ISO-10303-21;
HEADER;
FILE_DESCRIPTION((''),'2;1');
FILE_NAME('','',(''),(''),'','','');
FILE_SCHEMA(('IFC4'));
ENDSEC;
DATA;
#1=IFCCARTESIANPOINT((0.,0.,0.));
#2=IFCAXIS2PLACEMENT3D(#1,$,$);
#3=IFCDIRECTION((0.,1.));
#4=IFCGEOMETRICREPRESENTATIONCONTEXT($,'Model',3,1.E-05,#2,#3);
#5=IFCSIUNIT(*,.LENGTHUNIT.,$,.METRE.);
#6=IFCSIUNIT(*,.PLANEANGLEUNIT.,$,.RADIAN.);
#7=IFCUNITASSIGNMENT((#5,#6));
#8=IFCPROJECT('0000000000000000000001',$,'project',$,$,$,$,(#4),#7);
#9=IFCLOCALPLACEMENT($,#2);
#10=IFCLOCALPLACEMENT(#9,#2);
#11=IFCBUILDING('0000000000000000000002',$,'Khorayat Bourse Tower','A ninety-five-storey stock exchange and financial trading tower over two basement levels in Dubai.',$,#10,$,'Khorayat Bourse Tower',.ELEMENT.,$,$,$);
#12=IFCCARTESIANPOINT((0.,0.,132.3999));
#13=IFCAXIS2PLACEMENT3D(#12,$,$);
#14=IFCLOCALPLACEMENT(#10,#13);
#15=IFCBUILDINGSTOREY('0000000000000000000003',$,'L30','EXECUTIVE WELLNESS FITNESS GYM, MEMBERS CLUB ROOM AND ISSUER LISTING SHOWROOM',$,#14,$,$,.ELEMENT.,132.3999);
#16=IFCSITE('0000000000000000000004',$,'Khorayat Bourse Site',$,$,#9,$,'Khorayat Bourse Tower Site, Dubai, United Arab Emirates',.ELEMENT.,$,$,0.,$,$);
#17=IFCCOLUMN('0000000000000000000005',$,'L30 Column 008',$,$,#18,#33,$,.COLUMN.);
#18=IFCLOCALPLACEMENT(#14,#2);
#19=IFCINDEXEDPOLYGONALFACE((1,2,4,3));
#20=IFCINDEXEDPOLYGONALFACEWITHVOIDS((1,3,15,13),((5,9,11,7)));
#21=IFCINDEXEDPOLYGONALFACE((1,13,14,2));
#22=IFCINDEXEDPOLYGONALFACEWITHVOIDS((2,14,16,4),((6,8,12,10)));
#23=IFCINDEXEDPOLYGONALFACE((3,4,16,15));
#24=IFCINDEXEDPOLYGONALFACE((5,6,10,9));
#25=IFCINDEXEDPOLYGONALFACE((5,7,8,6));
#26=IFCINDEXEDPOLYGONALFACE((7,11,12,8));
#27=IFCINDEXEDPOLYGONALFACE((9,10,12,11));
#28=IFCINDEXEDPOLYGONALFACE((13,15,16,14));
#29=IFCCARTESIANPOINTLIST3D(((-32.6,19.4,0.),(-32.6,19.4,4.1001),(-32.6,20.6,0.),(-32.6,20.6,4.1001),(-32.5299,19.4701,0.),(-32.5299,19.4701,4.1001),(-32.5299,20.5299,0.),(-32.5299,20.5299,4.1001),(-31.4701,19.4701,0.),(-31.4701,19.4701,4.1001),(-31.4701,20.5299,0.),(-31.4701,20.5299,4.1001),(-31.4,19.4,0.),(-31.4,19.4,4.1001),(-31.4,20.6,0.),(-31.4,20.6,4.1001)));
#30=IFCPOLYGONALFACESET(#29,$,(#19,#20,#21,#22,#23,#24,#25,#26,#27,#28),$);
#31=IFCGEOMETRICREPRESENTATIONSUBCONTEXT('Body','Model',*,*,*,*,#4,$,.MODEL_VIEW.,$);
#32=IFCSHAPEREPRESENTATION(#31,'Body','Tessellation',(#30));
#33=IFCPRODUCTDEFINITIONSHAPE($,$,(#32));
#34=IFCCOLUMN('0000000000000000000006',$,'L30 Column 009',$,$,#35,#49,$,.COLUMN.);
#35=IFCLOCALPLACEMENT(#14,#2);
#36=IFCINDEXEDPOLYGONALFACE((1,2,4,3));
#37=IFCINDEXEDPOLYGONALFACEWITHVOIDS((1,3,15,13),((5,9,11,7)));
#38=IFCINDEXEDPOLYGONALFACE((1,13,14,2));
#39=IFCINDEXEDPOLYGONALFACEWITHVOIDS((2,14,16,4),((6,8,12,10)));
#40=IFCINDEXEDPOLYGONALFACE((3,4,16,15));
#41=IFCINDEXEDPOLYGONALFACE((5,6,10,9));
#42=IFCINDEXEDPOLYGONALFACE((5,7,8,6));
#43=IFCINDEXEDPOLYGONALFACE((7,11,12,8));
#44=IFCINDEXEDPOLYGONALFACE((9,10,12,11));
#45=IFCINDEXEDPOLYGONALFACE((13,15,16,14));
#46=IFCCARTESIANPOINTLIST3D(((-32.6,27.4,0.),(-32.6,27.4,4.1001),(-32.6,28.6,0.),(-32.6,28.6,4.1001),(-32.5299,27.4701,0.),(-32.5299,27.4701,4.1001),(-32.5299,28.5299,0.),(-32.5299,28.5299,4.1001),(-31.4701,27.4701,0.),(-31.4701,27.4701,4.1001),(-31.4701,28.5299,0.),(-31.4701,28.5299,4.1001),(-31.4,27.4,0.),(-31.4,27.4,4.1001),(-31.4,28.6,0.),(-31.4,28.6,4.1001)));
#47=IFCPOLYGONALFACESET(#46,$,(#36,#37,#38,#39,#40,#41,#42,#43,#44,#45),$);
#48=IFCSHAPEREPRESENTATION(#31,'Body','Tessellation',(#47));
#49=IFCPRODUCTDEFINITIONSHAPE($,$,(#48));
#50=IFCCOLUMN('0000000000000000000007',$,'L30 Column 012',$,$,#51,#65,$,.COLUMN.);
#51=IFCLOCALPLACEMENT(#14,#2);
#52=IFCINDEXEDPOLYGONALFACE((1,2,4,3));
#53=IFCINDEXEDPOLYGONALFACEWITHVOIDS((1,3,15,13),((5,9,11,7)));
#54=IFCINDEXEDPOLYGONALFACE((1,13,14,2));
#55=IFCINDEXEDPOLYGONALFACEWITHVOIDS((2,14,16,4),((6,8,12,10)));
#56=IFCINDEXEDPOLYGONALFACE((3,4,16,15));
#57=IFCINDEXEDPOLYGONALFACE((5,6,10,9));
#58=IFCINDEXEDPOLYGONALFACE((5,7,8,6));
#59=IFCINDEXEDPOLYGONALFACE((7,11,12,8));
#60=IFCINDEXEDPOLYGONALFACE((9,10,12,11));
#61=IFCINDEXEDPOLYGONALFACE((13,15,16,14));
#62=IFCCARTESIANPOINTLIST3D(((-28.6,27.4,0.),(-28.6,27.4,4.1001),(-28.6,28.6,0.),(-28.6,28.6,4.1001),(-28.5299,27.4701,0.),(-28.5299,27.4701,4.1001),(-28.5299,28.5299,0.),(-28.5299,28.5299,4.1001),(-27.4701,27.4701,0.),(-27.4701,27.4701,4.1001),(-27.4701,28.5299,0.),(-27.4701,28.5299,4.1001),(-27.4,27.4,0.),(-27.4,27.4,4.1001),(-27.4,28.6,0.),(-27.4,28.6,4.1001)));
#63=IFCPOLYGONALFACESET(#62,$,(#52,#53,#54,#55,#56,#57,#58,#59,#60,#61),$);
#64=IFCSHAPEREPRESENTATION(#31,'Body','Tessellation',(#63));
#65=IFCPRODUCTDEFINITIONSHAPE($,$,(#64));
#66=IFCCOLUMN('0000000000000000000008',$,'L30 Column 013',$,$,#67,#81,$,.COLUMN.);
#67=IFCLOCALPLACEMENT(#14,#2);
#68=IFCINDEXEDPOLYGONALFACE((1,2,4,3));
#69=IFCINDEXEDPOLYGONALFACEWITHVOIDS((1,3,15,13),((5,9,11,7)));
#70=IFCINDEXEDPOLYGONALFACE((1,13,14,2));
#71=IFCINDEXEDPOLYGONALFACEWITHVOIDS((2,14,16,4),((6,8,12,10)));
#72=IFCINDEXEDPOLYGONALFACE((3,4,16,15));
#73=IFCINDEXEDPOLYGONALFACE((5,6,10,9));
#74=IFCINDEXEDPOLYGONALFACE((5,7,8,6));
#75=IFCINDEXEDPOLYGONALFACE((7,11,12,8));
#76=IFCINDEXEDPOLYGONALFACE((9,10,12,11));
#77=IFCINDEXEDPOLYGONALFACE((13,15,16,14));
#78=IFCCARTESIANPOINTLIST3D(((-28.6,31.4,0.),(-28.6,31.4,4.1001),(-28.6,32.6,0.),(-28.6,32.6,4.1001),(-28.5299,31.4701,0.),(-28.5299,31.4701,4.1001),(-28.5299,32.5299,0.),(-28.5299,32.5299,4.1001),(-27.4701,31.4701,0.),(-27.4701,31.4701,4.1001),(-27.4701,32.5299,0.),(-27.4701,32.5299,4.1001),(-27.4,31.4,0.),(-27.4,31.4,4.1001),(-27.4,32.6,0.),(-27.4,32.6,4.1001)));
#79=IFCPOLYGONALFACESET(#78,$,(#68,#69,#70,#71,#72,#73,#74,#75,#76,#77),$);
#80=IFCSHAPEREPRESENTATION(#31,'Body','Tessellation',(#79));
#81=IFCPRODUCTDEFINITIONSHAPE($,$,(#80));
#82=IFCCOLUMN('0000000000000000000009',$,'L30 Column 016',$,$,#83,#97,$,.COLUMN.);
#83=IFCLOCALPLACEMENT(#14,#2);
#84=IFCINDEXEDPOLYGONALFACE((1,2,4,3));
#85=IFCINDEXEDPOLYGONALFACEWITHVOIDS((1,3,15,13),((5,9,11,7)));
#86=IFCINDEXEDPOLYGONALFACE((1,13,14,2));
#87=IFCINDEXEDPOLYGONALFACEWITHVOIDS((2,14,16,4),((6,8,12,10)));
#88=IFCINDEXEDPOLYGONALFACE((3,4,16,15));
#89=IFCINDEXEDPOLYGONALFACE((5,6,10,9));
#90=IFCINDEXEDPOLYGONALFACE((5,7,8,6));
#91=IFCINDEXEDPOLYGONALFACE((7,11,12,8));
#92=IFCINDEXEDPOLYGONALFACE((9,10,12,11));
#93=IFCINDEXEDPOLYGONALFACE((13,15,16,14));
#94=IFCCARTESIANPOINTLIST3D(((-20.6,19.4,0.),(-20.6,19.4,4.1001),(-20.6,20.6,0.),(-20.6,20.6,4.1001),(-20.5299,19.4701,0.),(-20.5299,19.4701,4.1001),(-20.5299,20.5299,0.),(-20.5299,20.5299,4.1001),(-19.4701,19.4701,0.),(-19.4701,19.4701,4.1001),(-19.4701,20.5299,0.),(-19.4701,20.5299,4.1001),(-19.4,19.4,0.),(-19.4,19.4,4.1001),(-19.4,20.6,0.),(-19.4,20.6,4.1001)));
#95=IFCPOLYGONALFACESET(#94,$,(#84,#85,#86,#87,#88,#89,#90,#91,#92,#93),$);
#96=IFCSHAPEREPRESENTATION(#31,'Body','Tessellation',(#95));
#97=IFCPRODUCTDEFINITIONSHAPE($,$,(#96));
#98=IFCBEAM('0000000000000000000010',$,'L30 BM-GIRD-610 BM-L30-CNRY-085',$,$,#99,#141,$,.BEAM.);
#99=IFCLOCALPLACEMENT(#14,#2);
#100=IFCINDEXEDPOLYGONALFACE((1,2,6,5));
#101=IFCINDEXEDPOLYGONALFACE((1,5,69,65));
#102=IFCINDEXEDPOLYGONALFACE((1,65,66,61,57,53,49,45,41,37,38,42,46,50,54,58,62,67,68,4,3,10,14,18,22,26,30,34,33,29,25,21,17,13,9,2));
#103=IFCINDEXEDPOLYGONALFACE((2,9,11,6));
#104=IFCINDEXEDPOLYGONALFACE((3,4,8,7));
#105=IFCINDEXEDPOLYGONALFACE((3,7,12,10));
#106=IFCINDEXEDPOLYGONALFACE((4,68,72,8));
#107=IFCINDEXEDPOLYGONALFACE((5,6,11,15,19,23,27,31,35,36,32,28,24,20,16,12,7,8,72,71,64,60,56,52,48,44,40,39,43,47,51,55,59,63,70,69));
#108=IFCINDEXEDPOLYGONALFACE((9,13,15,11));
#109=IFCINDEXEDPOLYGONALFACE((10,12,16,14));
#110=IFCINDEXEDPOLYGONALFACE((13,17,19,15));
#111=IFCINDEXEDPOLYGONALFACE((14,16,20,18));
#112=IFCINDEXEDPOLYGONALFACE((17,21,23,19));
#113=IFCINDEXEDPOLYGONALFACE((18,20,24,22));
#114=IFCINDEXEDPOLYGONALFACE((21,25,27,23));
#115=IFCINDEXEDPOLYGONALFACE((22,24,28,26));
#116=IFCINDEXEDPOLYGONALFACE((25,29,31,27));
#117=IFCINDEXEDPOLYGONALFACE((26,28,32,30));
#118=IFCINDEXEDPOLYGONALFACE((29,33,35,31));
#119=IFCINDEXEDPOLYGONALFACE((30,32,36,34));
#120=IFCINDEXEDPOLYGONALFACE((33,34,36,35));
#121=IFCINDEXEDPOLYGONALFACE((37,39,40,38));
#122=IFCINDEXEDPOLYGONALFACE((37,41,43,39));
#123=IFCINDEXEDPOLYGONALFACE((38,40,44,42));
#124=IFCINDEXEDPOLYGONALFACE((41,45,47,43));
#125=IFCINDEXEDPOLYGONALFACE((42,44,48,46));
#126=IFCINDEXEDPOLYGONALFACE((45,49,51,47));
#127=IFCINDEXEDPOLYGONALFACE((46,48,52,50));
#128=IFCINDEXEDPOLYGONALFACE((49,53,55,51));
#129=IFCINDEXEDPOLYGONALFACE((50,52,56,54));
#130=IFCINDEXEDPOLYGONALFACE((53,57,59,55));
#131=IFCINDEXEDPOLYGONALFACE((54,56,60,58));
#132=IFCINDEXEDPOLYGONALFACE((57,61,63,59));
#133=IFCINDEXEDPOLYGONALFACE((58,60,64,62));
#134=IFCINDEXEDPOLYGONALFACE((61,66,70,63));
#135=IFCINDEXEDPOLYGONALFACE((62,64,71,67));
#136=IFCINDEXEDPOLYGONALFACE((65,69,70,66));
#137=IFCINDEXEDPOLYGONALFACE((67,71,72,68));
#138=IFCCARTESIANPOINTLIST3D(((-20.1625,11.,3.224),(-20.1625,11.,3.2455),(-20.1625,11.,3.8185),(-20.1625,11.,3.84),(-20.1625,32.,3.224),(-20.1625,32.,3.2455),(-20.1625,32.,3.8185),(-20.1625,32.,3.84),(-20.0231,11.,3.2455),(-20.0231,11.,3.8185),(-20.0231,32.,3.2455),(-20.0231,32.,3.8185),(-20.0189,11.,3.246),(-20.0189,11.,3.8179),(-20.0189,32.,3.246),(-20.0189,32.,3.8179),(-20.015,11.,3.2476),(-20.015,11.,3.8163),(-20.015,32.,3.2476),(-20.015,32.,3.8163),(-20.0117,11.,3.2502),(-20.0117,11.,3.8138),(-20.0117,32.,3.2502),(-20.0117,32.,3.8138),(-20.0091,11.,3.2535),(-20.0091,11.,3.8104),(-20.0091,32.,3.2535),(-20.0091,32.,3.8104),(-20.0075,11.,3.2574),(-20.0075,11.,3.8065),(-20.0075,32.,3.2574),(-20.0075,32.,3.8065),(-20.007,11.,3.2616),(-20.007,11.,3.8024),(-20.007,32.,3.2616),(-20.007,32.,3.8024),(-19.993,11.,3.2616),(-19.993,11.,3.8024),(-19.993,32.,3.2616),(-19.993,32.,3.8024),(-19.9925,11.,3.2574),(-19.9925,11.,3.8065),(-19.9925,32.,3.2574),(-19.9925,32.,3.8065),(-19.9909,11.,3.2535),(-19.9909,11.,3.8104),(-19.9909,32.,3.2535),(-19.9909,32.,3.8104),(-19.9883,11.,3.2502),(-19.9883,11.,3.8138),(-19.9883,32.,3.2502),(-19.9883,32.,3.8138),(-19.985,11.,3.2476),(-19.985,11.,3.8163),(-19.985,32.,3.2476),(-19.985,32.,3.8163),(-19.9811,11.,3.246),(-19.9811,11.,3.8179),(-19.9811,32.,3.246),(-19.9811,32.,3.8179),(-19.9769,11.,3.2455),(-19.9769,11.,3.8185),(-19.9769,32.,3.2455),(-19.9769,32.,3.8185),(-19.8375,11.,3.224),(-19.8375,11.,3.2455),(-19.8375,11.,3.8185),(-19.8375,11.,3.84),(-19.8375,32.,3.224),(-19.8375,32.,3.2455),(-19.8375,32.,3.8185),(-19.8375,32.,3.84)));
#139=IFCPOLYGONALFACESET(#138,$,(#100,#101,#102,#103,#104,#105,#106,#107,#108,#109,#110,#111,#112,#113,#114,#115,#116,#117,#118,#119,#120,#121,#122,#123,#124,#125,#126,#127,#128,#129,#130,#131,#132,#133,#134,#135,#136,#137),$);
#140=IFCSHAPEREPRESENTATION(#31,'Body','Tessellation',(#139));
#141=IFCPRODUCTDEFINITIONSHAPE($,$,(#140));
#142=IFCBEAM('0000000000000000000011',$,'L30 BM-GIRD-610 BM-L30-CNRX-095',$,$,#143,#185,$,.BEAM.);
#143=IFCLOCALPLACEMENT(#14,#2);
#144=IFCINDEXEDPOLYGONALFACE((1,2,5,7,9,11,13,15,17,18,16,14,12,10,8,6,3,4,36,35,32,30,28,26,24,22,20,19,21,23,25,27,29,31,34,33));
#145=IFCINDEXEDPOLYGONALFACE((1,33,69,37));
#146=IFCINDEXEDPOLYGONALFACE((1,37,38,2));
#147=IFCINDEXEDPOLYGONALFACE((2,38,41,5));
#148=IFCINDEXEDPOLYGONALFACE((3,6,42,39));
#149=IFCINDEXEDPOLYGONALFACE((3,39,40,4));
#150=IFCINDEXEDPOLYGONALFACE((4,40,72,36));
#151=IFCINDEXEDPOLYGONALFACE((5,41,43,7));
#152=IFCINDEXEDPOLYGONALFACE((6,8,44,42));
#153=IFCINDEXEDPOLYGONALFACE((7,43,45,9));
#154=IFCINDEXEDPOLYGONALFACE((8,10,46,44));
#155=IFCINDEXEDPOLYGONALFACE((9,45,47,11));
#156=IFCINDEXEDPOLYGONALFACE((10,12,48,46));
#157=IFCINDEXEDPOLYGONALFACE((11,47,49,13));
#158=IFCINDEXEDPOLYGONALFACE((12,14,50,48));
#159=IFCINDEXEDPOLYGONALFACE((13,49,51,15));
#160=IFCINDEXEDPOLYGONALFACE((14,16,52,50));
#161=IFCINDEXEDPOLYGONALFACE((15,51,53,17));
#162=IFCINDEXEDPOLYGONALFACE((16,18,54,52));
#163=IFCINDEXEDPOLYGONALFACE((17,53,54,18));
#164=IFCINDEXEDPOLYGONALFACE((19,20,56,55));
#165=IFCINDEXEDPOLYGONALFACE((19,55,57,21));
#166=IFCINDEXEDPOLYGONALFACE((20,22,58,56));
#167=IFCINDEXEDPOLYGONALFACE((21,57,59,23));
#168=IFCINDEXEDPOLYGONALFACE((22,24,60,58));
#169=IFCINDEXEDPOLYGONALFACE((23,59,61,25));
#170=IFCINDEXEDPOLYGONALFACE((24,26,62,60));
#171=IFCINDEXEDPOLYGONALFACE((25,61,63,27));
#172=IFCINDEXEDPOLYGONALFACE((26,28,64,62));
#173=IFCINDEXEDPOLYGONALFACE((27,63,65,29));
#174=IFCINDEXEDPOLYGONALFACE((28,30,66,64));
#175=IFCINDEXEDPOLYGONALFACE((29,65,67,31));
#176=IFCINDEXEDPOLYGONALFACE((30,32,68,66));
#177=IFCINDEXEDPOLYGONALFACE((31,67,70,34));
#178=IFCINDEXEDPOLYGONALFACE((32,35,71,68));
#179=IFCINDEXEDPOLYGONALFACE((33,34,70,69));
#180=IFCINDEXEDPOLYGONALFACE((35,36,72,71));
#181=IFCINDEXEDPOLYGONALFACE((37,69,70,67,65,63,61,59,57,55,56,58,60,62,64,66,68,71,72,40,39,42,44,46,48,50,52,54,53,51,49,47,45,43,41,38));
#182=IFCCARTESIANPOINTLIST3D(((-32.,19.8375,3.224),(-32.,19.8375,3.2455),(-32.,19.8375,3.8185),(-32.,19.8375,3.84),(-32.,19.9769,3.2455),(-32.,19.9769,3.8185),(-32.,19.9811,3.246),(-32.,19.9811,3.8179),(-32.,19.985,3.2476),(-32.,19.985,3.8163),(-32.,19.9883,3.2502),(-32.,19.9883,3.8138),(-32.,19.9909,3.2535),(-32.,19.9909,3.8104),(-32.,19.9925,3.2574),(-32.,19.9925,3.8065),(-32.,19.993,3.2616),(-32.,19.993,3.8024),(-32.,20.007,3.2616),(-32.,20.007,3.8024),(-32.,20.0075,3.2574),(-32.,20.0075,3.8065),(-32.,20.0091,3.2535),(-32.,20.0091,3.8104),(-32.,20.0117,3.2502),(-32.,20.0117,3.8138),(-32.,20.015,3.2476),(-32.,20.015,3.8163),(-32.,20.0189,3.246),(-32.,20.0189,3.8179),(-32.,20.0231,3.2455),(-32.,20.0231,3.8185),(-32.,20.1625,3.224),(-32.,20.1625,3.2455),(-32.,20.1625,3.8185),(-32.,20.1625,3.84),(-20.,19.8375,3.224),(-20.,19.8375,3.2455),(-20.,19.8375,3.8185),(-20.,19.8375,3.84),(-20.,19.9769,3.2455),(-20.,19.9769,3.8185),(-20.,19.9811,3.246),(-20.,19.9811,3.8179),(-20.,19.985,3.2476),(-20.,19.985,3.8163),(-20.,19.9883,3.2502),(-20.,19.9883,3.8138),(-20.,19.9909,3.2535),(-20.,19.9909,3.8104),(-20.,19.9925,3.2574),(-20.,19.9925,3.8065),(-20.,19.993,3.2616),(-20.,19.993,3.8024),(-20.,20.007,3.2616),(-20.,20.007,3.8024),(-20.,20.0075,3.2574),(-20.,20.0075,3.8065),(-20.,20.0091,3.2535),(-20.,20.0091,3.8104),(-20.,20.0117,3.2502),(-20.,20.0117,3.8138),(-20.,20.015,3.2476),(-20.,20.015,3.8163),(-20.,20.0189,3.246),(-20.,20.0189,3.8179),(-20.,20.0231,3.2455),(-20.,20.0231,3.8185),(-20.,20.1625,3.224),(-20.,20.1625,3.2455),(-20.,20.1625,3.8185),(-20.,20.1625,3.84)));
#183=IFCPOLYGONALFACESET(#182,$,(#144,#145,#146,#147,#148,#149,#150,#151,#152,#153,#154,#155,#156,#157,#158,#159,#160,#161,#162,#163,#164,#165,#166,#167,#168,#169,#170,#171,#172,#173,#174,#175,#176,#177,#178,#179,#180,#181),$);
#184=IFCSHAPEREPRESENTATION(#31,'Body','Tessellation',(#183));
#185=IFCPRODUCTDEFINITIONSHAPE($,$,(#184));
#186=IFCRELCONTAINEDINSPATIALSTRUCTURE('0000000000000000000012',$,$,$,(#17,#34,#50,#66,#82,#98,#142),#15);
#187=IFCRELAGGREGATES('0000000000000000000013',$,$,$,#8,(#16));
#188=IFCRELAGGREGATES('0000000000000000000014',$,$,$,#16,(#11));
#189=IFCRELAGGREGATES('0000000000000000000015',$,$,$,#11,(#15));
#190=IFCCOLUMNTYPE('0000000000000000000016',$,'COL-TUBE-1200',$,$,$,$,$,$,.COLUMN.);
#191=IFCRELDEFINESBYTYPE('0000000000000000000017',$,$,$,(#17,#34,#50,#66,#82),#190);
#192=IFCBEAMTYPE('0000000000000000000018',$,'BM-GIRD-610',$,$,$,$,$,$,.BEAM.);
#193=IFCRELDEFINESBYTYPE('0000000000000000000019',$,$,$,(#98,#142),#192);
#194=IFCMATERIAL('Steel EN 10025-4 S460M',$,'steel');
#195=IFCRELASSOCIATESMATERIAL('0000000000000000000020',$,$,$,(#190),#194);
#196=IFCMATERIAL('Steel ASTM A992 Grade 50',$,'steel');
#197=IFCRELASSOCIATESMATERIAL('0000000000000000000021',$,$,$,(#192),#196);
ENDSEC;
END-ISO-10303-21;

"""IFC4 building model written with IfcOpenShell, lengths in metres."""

from ifc_helpers import new_model, si_unit, direction, frame, origin, origin_2d, place, context, subcontext, project, spatial, hollow_rectangle, i_section, extrude, source, transform, mapped, material, material_profile, profile_set, type_object, element, save


model = new_model("IFC4")

# Units and contexts
model_context = context("Model", 3, precision=1e-05, world=origin(), true_north=direction((0.0, 1.0)))
body_context = subcontext(model_context, "Body", "Model", "MODEL_VIEW")
ifc_project = project(units=[si_unit("LENGTHUNIT", "METRE"), si_unit("PLANEANGLEUNIT", "RADIAN")], contexts=[model_context])

# Site, building, storey
site_placement = place(None, origin())
site = spatial("IfcSite", under=ifc_project, at=site_placement, Name="Khorayat Bourse Site", LongName="Khorayat Bourse Tower Site, Dubai, United Arab Emirates", CompositionType="ELEMENT", RefElevation=0.0)
building_placement = place(site_placement, origin())
building = spatial("IfcBuilding", under=site, at=building_placement, Name="Khorayat Bourse Tower", Description="A ninety-five-storey stock exchange and financial trading tower over two basement levels in Dubai.", LongName="Khorayat Bourse Tower", CompositionType="ELEMENT")
storey_placement = place(building_placement, frame((0.0, 0.0, 132.3999)))
storey = spatial("IfcBuildingStorey", under=building, at=storey_placement, Name="L30", Description="EXECUTIVE WELLNESS FITNESS GYM, MEMBERS CLUB ROOM AND ISSUER LISTING SHOWROOM", CompositionType="ELEMENT", Elevation=132.3999)

# Columns
ifc_material_1 = material(Name="Steel EN 10025-4 S460M", Category="steel")
ifc_material_profile_1 = material_profile(ifc_material_1, hollow_rectangle(XDim=1.2, YDim=1.2, WallThickness=0.0701, at=origin_2d()), Name="BOX 1200x1200x70")
ifc_profile_set_1 = profile_set([ifc_material_profile_1], Name="Steel EN 10025-4 S460M")
column_type = type_object("IfcColumnType", Name="COL-TUBE-1200", PredefinedType="COLUMN", material=ifc_profile_set_1)
shared_shape_1 = source(origin(), body_context, "Body", "SweptSolid", [
    extrude(hollow_rectangle(XDim=1.2, YDim=1.2, WallThickness=0.0701, at=origin_2d()), origin(), (0.0, 0.0, 1.0), 4.1001),
])
for number, where, z_axis, x_axis, name in (
    (1, (-32.0, 20.0, 0.0), (0.0, 0.0, 1.0), (1.0, 0.0, 0.0), "L30 Column 008"),
    (2, (-32.0, 28.0, 0.0), (0.0, 0.0, 1.0), (1.0, 0.0, 0.0), "L30 Column 009"),
    (3, (-28.0, 28.0, 0.0), (0.0, 0.0, 1.0), (1.0, 0.0, 0.0), "L30 Column 012"),
    (4, (-28.0, 32.0, 0.0), (0.0, 0.0, 1.0), (1.0, 0.0, 0.0), "L30 Column 013"),
    (5, (-20.0, 20.0, 0.0), (0.0, 0.0, 1.0), (1.0, 0.0, 0.0), "L30 Column 016"),
):
    element("IfcColumn", number, at=place(storey_placement, frame(where, z_axis=z_axis, x_axis=x_axis)), inside=storey, type_object=column_type, Name=name, PredefinedType="COLUMN", context=body_context, shape_type="MappedRepresentation", body=[
        mapped(shared_shape_1, transform((0.0, 0.0, 0.0), scale=1.0)),
    ])

# Beams
ifc_material_2 = material(Name="Steel ASTM A992 Grade 50", Category="steel")
ifc_material_profile_2 = material_profile(ifc_material_2, i_section(OverallWidth=0.325, OverallDepth=0.616, WebThickness=0.0139, FlangeThickness=0.0215, FilletRadius=0.0161, at=origin_2d()), Name="W610X174")
ifc_profile_set_2 = profile_set([ifc_material_profile_2], Name="Steel ASTM A992 Grade 50")
beam_type_1 = type_object("IfcBeamType", Name="BM-GIRD-610", PredefinedType="BEAM", material=ifc_profile_set_2)
shared_shape_2 = source(origin(), body_context, "Body", "SweptSolid", [
    extrude(i_section(OverallWidth=0.325, OverallDepth=0.616, WebThickness=0.0139, FlangeThickness=0.0215, FilletRadius=0.0161, at=origin_2d()), origin(), (0.0, 0.0, 1.0), 21.0),
])
beam_1_placement = place(storey_placement, frame((-20.0, 11.0, 3.532), z_axis=(0.0, 1.0, 0.0), x_axis=(-1.0, 0.0, 0.0)))
element("IfcBeam", 6, at=beam_1_placement, inside=storey, type_object=beam_type_1, Name="L30 BM-GIRD-610 BM-L30-CNRY-085", PredefinedType="BEAM", context=body_context, shape_type="MappedRepresentation", body=[
    mapped(shared_shape_2, transform((0.0, 0.0, 0.0), scale=1.0)),
])
shared_shape_3 = source(origin(), body_context, "Body", "SweptSolid", [
    extrude(i_section(OverallWidth=0.325, OverallDepth=0.616, WebThickness=0.0139, FlangeThickness=0.0215, FilletRadius=0.0161, at=origin_2d()), origin(), (0.0, 0.0, 1.0), 12.0),
])
beam_2_placement = place(storey_placement, frame((-32.0, 20.0, 3.532), z_axis=(1.0, 0.0, 0.0), x_axis=(0.0, 1.0, 0.0)))
element("IfcBeam", 7, at=beam_2_placement, inside=storey, type_object=beam_type_1, Name="L30 BM-GIRD-610 BM-L30-CNRX-095", PredefinedType="BEAM", context=body_context, shape_type="MappedRepresentation", body=[
    mapped(shared_shape_3, transform((0.0, 0.0, 0.0), scale=1.0)),
])

save(model, "model.ifc")
